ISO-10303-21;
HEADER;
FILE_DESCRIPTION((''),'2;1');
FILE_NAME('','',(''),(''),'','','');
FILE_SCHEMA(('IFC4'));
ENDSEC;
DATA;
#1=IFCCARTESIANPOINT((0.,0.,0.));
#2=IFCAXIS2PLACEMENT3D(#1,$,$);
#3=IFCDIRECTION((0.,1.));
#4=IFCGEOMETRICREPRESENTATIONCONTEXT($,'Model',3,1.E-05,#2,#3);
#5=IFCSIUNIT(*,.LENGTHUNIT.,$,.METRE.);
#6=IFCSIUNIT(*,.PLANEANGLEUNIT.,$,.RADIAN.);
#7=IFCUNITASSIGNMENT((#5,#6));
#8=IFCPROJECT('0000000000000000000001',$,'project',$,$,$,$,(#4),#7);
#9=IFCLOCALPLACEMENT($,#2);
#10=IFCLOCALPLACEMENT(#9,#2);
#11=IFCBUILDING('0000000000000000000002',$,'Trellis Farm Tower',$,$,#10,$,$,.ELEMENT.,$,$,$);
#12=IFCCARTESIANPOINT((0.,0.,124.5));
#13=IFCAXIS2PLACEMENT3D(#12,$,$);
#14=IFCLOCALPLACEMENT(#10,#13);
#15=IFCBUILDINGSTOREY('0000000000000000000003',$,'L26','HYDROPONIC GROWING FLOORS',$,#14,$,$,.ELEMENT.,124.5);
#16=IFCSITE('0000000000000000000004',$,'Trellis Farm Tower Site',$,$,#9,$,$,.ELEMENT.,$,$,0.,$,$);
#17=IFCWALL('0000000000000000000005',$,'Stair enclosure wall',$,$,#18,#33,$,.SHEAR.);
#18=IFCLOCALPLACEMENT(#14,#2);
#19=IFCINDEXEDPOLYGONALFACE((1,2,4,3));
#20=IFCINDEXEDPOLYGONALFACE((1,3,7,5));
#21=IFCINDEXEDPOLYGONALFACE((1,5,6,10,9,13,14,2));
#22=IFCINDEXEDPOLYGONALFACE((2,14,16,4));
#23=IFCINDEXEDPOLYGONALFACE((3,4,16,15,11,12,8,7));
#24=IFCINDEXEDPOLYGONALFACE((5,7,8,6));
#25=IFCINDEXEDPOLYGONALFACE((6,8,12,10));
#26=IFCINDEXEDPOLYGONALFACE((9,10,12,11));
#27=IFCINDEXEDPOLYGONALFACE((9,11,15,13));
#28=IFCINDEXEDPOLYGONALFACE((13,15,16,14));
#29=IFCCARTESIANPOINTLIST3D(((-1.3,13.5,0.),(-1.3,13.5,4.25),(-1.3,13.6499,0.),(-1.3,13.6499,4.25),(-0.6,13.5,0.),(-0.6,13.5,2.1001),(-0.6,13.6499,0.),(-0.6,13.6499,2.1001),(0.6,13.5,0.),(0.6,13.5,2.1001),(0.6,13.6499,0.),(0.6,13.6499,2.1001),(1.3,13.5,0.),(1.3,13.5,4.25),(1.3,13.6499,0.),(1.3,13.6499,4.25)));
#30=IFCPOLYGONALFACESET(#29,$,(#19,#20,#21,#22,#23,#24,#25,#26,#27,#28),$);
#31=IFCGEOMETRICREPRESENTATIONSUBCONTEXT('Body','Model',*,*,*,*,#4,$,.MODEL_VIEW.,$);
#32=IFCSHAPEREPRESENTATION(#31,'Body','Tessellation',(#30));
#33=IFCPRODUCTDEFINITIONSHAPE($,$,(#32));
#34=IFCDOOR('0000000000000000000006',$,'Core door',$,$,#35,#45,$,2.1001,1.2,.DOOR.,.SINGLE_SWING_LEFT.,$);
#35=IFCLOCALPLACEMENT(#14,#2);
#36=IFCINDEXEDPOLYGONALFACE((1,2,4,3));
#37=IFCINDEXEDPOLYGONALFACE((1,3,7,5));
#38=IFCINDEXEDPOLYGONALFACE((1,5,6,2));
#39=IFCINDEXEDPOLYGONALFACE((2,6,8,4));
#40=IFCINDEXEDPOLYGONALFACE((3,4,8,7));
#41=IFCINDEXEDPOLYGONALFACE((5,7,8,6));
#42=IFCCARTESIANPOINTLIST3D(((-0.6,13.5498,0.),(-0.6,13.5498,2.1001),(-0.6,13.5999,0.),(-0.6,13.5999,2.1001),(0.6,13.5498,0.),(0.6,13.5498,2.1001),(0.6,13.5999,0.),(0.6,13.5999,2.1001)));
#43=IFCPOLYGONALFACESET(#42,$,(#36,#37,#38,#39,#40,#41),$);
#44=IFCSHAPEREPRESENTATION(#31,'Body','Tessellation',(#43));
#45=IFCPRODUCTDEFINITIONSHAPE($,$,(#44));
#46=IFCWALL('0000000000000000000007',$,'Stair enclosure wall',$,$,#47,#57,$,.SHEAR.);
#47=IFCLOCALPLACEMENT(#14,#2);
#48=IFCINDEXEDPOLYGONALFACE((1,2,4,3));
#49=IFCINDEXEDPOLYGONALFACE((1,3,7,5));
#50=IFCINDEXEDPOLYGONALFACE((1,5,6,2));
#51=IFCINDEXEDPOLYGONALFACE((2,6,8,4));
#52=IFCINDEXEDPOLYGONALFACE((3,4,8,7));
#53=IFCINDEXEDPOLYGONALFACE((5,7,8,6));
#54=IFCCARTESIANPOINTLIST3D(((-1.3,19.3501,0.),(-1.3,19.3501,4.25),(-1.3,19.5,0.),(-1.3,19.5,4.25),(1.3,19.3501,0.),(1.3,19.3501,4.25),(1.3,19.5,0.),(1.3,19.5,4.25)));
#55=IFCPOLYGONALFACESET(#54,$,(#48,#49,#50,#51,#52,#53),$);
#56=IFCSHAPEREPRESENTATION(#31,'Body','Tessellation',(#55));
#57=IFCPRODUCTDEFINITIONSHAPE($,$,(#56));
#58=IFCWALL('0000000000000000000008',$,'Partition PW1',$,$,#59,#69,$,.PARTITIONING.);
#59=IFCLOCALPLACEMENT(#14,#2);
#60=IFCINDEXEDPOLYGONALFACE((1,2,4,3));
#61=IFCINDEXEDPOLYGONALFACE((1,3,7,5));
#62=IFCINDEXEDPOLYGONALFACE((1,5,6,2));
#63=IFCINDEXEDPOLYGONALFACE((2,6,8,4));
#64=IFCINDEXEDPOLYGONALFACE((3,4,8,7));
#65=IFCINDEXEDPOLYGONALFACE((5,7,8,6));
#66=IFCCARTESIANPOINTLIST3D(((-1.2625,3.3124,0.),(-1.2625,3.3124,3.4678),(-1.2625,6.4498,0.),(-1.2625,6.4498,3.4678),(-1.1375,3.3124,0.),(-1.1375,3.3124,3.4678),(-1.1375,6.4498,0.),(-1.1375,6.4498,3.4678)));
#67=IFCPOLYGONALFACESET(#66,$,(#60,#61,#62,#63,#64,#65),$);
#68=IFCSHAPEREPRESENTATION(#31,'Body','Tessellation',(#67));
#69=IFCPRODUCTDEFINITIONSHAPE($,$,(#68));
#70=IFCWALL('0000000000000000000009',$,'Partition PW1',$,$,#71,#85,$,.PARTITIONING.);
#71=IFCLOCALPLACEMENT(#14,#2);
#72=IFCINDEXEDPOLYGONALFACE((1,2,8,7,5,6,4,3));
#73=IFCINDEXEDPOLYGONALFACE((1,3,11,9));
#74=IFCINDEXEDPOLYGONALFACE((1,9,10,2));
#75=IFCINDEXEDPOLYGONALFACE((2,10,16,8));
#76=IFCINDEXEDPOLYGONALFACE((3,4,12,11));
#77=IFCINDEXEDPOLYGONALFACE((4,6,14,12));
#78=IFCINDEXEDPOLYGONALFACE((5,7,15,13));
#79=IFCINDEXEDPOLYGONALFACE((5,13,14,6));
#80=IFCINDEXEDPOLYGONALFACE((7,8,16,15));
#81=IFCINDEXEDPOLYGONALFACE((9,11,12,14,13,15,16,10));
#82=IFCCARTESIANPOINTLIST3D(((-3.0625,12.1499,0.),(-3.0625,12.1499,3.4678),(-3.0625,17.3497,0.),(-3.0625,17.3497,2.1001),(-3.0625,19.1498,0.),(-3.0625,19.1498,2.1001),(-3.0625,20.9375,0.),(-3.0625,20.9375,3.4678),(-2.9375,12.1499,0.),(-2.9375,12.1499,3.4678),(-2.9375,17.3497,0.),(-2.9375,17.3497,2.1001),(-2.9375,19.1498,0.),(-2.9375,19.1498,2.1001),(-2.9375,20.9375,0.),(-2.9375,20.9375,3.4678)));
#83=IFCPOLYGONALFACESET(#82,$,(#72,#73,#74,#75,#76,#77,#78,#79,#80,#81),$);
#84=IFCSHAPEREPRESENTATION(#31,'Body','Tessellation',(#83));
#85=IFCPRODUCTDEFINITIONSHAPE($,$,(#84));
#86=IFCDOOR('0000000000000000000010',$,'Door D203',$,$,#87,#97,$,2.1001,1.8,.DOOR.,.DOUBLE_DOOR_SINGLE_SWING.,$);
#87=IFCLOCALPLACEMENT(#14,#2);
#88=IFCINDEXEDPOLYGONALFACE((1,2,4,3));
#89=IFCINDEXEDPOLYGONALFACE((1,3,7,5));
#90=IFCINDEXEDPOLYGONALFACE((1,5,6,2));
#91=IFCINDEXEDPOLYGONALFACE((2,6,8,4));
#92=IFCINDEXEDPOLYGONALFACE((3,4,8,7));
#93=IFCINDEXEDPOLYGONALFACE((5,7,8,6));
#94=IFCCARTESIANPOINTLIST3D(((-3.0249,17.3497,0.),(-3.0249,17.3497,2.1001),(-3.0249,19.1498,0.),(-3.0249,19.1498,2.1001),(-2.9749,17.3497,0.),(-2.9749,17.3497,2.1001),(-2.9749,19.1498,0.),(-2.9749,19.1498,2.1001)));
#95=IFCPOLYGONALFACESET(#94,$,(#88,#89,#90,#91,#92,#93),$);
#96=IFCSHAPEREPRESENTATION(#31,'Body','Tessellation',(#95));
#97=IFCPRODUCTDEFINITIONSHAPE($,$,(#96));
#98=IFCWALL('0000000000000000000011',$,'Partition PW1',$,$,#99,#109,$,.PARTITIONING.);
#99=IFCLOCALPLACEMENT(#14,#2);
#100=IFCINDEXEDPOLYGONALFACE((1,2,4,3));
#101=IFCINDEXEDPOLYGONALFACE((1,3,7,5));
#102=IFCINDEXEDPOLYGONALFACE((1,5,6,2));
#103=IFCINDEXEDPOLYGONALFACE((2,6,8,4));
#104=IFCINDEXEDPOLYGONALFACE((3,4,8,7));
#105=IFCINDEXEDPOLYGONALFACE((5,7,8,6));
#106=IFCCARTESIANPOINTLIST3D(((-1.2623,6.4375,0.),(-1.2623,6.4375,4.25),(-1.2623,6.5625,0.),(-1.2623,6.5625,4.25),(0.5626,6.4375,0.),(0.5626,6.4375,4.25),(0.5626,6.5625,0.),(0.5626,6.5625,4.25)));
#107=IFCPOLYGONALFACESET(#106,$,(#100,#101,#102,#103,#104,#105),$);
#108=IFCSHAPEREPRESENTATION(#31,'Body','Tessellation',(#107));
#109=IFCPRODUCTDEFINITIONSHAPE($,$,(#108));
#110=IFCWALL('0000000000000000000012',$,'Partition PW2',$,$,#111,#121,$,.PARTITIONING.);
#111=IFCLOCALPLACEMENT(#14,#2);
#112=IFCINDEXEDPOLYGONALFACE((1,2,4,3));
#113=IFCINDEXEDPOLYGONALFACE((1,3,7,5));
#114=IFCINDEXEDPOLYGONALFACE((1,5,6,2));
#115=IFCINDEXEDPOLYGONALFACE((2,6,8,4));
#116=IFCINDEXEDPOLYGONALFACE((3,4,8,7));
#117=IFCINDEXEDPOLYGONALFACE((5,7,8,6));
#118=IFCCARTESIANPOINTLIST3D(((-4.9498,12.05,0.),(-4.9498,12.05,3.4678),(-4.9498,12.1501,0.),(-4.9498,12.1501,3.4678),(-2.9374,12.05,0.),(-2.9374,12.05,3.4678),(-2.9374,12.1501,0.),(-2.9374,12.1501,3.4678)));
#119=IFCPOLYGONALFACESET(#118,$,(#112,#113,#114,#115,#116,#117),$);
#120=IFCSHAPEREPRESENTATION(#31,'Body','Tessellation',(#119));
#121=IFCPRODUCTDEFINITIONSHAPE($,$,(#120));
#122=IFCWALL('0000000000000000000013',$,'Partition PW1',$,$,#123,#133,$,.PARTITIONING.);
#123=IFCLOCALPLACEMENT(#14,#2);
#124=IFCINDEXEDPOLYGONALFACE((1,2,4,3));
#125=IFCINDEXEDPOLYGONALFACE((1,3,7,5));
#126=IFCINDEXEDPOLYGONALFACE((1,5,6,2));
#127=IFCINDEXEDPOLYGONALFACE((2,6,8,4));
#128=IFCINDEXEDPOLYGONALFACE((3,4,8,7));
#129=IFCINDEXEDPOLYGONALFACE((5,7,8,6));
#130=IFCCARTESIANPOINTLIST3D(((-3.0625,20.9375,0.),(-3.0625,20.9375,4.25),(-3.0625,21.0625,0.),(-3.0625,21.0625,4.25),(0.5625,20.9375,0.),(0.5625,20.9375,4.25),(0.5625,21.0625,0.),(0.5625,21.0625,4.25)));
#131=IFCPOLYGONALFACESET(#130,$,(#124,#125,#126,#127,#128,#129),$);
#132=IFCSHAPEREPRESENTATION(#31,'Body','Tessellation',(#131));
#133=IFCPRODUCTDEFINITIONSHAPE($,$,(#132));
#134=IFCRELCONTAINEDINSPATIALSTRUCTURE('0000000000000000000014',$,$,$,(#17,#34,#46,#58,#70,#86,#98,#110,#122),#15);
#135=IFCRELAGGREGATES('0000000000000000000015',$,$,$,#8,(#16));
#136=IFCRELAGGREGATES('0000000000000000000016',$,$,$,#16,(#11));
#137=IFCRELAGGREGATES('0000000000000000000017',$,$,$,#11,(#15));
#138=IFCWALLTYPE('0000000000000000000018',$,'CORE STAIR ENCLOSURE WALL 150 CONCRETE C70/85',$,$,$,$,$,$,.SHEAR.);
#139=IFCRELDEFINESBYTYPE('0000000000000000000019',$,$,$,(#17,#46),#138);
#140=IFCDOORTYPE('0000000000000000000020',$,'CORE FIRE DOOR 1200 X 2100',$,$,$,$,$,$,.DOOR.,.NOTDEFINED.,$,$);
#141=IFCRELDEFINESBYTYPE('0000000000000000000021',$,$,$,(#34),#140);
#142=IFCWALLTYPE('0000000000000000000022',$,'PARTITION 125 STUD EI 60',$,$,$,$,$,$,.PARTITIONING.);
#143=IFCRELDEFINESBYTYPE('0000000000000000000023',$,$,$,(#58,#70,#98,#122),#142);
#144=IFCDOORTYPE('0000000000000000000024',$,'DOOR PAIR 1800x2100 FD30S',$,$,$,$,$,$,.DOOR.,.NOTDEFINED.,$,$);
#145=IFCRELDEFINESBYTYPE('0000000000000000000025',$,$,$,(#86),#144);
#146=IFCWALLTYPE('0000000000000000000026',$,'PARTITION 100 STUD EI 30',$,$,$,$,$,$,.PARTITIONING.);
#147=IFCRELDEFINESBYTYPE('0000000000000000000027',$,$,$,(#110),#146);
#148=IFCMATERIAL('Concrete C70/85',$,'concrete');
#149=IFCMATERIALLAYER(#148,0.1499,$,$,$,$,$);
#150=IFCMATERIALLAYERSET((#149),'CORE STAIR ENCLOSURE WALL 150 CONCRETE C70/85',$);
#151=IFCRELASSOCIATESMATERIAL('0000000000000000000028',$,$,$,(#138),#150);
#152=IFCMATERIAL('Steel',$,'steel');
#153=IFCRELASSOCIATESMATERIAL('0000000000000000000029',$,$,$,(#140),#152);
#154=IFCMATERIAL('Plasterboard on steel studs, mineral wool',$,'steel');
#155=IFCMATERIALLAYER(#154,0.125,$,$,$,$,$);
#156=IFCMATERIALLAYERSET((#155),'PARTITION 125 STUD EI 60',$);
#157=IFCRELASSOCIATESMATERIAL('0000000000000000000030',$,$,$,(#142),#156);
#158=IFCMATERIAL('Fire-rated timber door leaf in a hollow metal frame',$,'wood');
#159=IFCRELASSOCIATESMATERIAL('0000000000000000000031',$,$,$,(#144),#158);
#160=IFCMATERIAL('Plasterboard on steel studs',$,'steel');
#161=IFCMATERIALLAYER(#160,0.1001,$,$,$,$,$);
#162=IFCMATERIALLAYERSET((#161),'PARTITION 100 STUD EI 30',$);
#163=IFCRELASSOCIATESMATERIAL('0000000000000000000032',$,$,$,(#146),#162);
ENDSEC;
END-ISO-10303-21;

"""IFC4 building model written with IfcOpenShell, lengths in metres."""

from ifc_helpers import new_model, si_unit, direction, frame, frame_2d, origin, place, context, subcontext, project, spatial, rectangle, extrude, source, transform, mapped, material, layer, layer_set, type_object, element, fill, save


model = new_model("IFC4")

# Units and contexts
model_context = context("Model", 3, precision=1e-05, world=origin(), true_north=direction((0.0, 1.0)))
body_context = subcontext(model_context, "Body", "Model", "MODEL_VIEW")
ifc_project = project(units=[si_unit("LENGTHUNIT", "METRE"), si_unit("PLANEANGLEUNIT", "RADIAN")], contexts=[model_context])

# Site, building, storey
site_placement = place(None, origin())
site = spatial("IfcSite", under=ifc_project, at=site_placement, Name="Trellis Farm Tower Site", CompositionType="ELEMENT", RefElevation=0.0)
building_placement = place(site_placement, origin())
building = spatial("IfcBuilding", under=site, at=building_placement, Name="Trellis Farm Tower", CompositionType="ELEMENT")
storey_placement = place(building_placement, frame((0.0, 0.0, 124.5)))
storey = spatial("IfcBuildingStorey", under=building, at=storey_placement, Name="L26", Description="HYDROPONIC GROWING FLOORS", CompositionType="ELEMENT", Elevation=124.5)

# Shared definitions
ifc_material_1 = material(Name="Concrete C70/85", Category="concrete")

# Wall, opening, door
ifc_layer_1 = layer(ifc_material_1, 0.1499)
ifc_layer_set_1 = layer_set([ifc_layer_1], Name="CORE STAIR ENCLOSURE WALL 150 CONCRETE C70/85")
wall_type_1 = type_object("IfcWallType", Name="CORE STAIR ENCLOSURE WALL 150 CONCRETE C70/85", PredefinedType="SHEAR", material=ifc_layer_set_1)
shared_shape_1 = source(origin(), body_context, "Body", "SweptSolid", [
    extrude(rectangle(XDim=2.6001, YDim=0.1499, at=frame_2d((1.3, 0.0))), origin(), (0.0, 0.0, 1.0), 4.25),
])
wall_1_placement = place(storey_placement, frame((-1.3, 13.575, 0.0), z_axis=(0.0, 0.0, 1.0), x_axis=(1.0, 0.0, 0.0)))
wall_1 = element("IfcWall", 1, at=wall_1_placement, inside=storey, type_object=wall_type_1, Name="Stair enclosure wall", PredefinedType="SHEAR", context=body_context, shape_type="MappedRepresentation", body=[
    mapped(shared_shape_1, transform((0.0, 0.0, 0.0))),
])
shared_shape_2 = source(origin(), body_context, "Body", "SweptSolid", [
    extrude(rectangle(XDim=1.2, YDim=2.1001, at=frame_2d((0.6001, 1.05))), frame((0.0, 0.085, 0.0), z_axis=(0.0, -1.0, 0.0), x_axis=(1.0, 0.0, 0.0)), (0.0, 0.0, 1.0), 0.1699),
])
opening_1_placement = place(wall_1_placement, frame((0.7, 0.0, 0.0)))
opening_1 = element("IfcOpeningElement", 2, at=opening_1_placement, cuts=wall_1, PredefinedType="OPENING", context=body_context, shape_type="MappedRepresentation", body=[
    mapped(shared_shape_2, transform((0.0, 0.0, 0.0))),
])
ifc_material_2 = material(Name="Steel", Category="steel")
door_type_1 = type_object("IfcDoorType", Name="CORE FIRE DOOR 1200 X 2100", OperationType="NOTDEFINED", PredefinedType="DOOR", material=ifc_material_2)
shared_shape_3 = source(origin(), body_context, "Body", "SweptSolid", [
    extrude(rectangle(XDim=1.2, YDim=2.1001, at=frame_2d((0.6001, 1.05))), frame((0.0, 0.0249, 0.0), z_axis=(0.0, -1.0, 0.0), x_axis=(1.0, 0.0, 0.0)), (0.0, 0.0, 1.0), 0.05),
])
door_1_placement = place(opening_1_placement, origin())
door_1 = element("IfcDoor", 3, at=door_1_placement, inside=storey, type_object=door_type_1, Name="Core door", OperationType="SINGLE_SWING_LEFT", OverallHeight=2.1001, OverallWidth=1.2, PredefinedType="DOOR", context=body_context, shape_type="MappedRepresentation", body=[
    mapped(shared_shape_3, transform((0.0, 0.0, 0.0))),
])
fill(opening_1, door_1)

# Walls
wall_2_placement = place(storey_placement, frame((-1.3, 19.425, 0.0), z_axis=(0.0, 0.0, 1.0), x_axis=(1.0, 0.0, 0.0)))
element("IfcWall", 4, at=wall_2_placement, inside=storey, type_object=wall_type_1, Name="Stair enclosure wall", PredefinedType="SHEAR", context=body_context, shape_type="MappedRepresentation", body=[
    mapped(shared_shape_1, transform((0.0, 0.0, 0.0))),
])
ifc_material_3 = material(Name="Plasterboard on steel studs, mineral wool", Category="steel")
ifc_layer_2 = layer(ifc_material_3, 0.125)
ifc_layer_set_2 = layer_set([ifc_layer_2], Name="PARTITION 125 STUD EI 60")
wall_type_2 = type_object("IfcWallType", Name="PARTITION 125 STUD EI 60", PredefinedType="PARTITIONING", material=ifc_layer_set_2)
shared_shape_4 = source(origin(), body_context, "Body", "SweptSolid", [
    extrude(rectangle(XDim=3.1375, YDim=0.125, at=frame_2d((1.5688, 0.0))), origin(), (0.0, 0.0, 1.0), 3.4678),
])
wall_3_placement = place(storey_placement, frame((-1.2, 6.45, 0.0), z_axis=(0.0, 0.0, 1.0), x_axis=(0.0, -1.0, 0.0)))
element("IfcWall", 5, at=wall_3_placement, inside=storey, type_object=wall_type_2, Name="Partition PW1", PredefinedType="PARTITIONING", context=body_context, shape_type="MappedRepresentation", body=[
    mapped(shared_shape_4, transform((0.0, 0.0, 0.0))),
])

# Wall, opening, door
shared_shape_5 = source(origin(), body_context, "Body", "SweptSolid", [
    extrude(rectangle(XDim=8.7876, YDim=0.125, at=frame_2d((4.3938, 0.0))), origin(), (0.0, 0.0, 1.0), 3.4678),
])
wall_4_placement = place(storey_placement, frame((-3.0, 12.1499, 0.0), z_axis=(0.0, 0.0, 1.0), x_axis=(0.0, 1.0, 0.0)))
wall_4 = element("IfcWall", 6, at=wall_4_placement, inside=storey, type_object=wall_type_2, Name="Partition PW1", PredefinedType="PARTITIONING", context=body_context, shape_type="MappedRepresentation", body=[
    mapped(shared_shape_5, transform((0.0, 0.0, 0.0))),
])
shared_shape_6 = source(origin(), body_context, "Body", "SweptSolid", [
    extrude(rectangle(XDim=1.8, YDim=2.1001, at=frame_2d((0.8999, 1.05))), frame((0.0, 0.0725, 0.0), z_axis=(0.0, -1.0, 0.0), x_axis=(1.0, 0.0, 0.0)), (0.0, 0.0, 1.0), 0.145),
])
opening_2_placement = place(wall_4_placement, frame((5.2, 0.0, 0.0)))
opening_2 = element("IfcOpeningElement", 7, at=opening_2_placement, cuts=wall_4, PredefinedType="OPENING", context=body_context, shape_type="MappedRepresentation", body=[
    mapped(shared_shape_6, transform((0.0, 0.0, 0.0))),
])
ifc_material_4 = material(Name="Fire-rated timber door leaf in a hollow metal frame", Category="wood")
door_type_2 = type_object("IfcDoorType", Name="DOOR PAIR 1800x2100 FD30S", OperationType="NOTDEFINED", PredefinedType="DOOR", material=ifc_material_4)
shared_shape_7 = source(origin(), body_context, "Body", "SweptSolid", [
    extrude(rectangle(XDim=1.8, YDim=2.1001, at=frame_2d((0.8999, 1.05))), frame((0.0, 0.0249, 0.0), z_axis=(0.0, -1.0, 0.0), x_axis=(1.0, 0.0, 0.0)), (0.0, 0.0, 1.0), 0.05),
])
door_2_placement = place(opening_2_placement, origin())
door_2 = element("IfcDoor", 8, at=door_2_placement, inside=storey, type_object=door_type_2, Name="Door D203", OperationType="DOUBLE_DOOR_SINGLE_SWING", OverallHeight=2.1001, OverallWidth=1.8, PredefinedType="DOOR", context=body_context, shape_type="MappedRepresentation", body=[
    mapped(shared_shape_7, transform((0.0, 0.0, 0.0))),
])
fill(opening_2, door_2)

# Walls
shared_shape_8 = source(origin(), body_context, "Body", "SweptSolid", [
    extrude(rectangle(XDim=1.825, YDim=0.125, at=frame_2d((0.9126, 0.0))), origin(), (0.0, 0.0, 1.0), 4.25),
])
wall_5_placement = place(storey_placement, frame((-1.2625, 6.5, 0.0), z_axis=(0.0, 0.0, 1.0), x_axis=(1.0, 0.0, 0.0)))
element("IfcWall", 9, at=wall_5_placement, inside=storey, type_object=wall_type_2, Name="Partition PW1", PredefinedType="PARTITIONING", context=body_context, shape_type="MappedRepresentation", body=[
    mapped(shared_shape_8, transform((0.0, 0.0, 0.0))),
])
ifc_material_5 = material(Name="Plasterboard on steel studs", Category="steel")
ifc_layer_3 = layer(ifc_material_5, 0.1001)
ifc_layer_set_3 = layer_set([ifc_layer_3], Name="PARTITION 100 STUD EI 30")
wall_type_3 = type_object("IfcWallType", Name="PARTITION 100 STUD EI 30", PredefinedType="PARTITIONING", material=ifc_layer_set_3)
shared_shape_9 = source(origin(), body_context, "Body", "SweptSolid", [
    extrude(rectangle(XDim=2.0125, YDim=0.1001, at=frame_2d((1.0063, 0.0))), origin(), (0.0, 0.0, 1.0), 3.4678),
])
wall_6_placement = place(storey_placement, frame((-4.95, 12.1001, 0.0), z_axis=(0.0, 0.0, 1.0), x_axis=(1.0, 0.0, 0.0)))
element("IfcWall", 10, at=wall_6_placement, inside=storey, type_object=wall_type_3, Name="Partition PW2", PredefinedType="PARTITIONING", context=body_context, shape_type="MappedRepresentation", body=[
    mapped(shared_shape_9, transform((0.0, 0.0, 0.0))),
])
shared_shape_10 = source(origin(), body_context, "Body", "SweptSolid", [
    extrude(rectangle(XDim=3.625, YDim=0.125, at=frame_2d((1.8125, 0.0))), origin(), (0.0, 0.0, 1.0), 4.25),
])
wall_7_placement = place(storey_placement, frame((-3.0625, 21.0, 0.0), z_axis=(0.0, 0.0, 1.0), x_axis=(1.0, 0.0, 0.0)))
element("IfcWall", 11, at=wall_7_placement, inside=storey, type_object=wall_type_2, Name="Partition PW1", PredefinedType="PARTITIONING", context=body_context, shape_type="MappedRepresentation", body=[
    mapped(shared_shape_10, transform((0.0, 0.0, 0.0))),
])

save(model, "model.ifc")
